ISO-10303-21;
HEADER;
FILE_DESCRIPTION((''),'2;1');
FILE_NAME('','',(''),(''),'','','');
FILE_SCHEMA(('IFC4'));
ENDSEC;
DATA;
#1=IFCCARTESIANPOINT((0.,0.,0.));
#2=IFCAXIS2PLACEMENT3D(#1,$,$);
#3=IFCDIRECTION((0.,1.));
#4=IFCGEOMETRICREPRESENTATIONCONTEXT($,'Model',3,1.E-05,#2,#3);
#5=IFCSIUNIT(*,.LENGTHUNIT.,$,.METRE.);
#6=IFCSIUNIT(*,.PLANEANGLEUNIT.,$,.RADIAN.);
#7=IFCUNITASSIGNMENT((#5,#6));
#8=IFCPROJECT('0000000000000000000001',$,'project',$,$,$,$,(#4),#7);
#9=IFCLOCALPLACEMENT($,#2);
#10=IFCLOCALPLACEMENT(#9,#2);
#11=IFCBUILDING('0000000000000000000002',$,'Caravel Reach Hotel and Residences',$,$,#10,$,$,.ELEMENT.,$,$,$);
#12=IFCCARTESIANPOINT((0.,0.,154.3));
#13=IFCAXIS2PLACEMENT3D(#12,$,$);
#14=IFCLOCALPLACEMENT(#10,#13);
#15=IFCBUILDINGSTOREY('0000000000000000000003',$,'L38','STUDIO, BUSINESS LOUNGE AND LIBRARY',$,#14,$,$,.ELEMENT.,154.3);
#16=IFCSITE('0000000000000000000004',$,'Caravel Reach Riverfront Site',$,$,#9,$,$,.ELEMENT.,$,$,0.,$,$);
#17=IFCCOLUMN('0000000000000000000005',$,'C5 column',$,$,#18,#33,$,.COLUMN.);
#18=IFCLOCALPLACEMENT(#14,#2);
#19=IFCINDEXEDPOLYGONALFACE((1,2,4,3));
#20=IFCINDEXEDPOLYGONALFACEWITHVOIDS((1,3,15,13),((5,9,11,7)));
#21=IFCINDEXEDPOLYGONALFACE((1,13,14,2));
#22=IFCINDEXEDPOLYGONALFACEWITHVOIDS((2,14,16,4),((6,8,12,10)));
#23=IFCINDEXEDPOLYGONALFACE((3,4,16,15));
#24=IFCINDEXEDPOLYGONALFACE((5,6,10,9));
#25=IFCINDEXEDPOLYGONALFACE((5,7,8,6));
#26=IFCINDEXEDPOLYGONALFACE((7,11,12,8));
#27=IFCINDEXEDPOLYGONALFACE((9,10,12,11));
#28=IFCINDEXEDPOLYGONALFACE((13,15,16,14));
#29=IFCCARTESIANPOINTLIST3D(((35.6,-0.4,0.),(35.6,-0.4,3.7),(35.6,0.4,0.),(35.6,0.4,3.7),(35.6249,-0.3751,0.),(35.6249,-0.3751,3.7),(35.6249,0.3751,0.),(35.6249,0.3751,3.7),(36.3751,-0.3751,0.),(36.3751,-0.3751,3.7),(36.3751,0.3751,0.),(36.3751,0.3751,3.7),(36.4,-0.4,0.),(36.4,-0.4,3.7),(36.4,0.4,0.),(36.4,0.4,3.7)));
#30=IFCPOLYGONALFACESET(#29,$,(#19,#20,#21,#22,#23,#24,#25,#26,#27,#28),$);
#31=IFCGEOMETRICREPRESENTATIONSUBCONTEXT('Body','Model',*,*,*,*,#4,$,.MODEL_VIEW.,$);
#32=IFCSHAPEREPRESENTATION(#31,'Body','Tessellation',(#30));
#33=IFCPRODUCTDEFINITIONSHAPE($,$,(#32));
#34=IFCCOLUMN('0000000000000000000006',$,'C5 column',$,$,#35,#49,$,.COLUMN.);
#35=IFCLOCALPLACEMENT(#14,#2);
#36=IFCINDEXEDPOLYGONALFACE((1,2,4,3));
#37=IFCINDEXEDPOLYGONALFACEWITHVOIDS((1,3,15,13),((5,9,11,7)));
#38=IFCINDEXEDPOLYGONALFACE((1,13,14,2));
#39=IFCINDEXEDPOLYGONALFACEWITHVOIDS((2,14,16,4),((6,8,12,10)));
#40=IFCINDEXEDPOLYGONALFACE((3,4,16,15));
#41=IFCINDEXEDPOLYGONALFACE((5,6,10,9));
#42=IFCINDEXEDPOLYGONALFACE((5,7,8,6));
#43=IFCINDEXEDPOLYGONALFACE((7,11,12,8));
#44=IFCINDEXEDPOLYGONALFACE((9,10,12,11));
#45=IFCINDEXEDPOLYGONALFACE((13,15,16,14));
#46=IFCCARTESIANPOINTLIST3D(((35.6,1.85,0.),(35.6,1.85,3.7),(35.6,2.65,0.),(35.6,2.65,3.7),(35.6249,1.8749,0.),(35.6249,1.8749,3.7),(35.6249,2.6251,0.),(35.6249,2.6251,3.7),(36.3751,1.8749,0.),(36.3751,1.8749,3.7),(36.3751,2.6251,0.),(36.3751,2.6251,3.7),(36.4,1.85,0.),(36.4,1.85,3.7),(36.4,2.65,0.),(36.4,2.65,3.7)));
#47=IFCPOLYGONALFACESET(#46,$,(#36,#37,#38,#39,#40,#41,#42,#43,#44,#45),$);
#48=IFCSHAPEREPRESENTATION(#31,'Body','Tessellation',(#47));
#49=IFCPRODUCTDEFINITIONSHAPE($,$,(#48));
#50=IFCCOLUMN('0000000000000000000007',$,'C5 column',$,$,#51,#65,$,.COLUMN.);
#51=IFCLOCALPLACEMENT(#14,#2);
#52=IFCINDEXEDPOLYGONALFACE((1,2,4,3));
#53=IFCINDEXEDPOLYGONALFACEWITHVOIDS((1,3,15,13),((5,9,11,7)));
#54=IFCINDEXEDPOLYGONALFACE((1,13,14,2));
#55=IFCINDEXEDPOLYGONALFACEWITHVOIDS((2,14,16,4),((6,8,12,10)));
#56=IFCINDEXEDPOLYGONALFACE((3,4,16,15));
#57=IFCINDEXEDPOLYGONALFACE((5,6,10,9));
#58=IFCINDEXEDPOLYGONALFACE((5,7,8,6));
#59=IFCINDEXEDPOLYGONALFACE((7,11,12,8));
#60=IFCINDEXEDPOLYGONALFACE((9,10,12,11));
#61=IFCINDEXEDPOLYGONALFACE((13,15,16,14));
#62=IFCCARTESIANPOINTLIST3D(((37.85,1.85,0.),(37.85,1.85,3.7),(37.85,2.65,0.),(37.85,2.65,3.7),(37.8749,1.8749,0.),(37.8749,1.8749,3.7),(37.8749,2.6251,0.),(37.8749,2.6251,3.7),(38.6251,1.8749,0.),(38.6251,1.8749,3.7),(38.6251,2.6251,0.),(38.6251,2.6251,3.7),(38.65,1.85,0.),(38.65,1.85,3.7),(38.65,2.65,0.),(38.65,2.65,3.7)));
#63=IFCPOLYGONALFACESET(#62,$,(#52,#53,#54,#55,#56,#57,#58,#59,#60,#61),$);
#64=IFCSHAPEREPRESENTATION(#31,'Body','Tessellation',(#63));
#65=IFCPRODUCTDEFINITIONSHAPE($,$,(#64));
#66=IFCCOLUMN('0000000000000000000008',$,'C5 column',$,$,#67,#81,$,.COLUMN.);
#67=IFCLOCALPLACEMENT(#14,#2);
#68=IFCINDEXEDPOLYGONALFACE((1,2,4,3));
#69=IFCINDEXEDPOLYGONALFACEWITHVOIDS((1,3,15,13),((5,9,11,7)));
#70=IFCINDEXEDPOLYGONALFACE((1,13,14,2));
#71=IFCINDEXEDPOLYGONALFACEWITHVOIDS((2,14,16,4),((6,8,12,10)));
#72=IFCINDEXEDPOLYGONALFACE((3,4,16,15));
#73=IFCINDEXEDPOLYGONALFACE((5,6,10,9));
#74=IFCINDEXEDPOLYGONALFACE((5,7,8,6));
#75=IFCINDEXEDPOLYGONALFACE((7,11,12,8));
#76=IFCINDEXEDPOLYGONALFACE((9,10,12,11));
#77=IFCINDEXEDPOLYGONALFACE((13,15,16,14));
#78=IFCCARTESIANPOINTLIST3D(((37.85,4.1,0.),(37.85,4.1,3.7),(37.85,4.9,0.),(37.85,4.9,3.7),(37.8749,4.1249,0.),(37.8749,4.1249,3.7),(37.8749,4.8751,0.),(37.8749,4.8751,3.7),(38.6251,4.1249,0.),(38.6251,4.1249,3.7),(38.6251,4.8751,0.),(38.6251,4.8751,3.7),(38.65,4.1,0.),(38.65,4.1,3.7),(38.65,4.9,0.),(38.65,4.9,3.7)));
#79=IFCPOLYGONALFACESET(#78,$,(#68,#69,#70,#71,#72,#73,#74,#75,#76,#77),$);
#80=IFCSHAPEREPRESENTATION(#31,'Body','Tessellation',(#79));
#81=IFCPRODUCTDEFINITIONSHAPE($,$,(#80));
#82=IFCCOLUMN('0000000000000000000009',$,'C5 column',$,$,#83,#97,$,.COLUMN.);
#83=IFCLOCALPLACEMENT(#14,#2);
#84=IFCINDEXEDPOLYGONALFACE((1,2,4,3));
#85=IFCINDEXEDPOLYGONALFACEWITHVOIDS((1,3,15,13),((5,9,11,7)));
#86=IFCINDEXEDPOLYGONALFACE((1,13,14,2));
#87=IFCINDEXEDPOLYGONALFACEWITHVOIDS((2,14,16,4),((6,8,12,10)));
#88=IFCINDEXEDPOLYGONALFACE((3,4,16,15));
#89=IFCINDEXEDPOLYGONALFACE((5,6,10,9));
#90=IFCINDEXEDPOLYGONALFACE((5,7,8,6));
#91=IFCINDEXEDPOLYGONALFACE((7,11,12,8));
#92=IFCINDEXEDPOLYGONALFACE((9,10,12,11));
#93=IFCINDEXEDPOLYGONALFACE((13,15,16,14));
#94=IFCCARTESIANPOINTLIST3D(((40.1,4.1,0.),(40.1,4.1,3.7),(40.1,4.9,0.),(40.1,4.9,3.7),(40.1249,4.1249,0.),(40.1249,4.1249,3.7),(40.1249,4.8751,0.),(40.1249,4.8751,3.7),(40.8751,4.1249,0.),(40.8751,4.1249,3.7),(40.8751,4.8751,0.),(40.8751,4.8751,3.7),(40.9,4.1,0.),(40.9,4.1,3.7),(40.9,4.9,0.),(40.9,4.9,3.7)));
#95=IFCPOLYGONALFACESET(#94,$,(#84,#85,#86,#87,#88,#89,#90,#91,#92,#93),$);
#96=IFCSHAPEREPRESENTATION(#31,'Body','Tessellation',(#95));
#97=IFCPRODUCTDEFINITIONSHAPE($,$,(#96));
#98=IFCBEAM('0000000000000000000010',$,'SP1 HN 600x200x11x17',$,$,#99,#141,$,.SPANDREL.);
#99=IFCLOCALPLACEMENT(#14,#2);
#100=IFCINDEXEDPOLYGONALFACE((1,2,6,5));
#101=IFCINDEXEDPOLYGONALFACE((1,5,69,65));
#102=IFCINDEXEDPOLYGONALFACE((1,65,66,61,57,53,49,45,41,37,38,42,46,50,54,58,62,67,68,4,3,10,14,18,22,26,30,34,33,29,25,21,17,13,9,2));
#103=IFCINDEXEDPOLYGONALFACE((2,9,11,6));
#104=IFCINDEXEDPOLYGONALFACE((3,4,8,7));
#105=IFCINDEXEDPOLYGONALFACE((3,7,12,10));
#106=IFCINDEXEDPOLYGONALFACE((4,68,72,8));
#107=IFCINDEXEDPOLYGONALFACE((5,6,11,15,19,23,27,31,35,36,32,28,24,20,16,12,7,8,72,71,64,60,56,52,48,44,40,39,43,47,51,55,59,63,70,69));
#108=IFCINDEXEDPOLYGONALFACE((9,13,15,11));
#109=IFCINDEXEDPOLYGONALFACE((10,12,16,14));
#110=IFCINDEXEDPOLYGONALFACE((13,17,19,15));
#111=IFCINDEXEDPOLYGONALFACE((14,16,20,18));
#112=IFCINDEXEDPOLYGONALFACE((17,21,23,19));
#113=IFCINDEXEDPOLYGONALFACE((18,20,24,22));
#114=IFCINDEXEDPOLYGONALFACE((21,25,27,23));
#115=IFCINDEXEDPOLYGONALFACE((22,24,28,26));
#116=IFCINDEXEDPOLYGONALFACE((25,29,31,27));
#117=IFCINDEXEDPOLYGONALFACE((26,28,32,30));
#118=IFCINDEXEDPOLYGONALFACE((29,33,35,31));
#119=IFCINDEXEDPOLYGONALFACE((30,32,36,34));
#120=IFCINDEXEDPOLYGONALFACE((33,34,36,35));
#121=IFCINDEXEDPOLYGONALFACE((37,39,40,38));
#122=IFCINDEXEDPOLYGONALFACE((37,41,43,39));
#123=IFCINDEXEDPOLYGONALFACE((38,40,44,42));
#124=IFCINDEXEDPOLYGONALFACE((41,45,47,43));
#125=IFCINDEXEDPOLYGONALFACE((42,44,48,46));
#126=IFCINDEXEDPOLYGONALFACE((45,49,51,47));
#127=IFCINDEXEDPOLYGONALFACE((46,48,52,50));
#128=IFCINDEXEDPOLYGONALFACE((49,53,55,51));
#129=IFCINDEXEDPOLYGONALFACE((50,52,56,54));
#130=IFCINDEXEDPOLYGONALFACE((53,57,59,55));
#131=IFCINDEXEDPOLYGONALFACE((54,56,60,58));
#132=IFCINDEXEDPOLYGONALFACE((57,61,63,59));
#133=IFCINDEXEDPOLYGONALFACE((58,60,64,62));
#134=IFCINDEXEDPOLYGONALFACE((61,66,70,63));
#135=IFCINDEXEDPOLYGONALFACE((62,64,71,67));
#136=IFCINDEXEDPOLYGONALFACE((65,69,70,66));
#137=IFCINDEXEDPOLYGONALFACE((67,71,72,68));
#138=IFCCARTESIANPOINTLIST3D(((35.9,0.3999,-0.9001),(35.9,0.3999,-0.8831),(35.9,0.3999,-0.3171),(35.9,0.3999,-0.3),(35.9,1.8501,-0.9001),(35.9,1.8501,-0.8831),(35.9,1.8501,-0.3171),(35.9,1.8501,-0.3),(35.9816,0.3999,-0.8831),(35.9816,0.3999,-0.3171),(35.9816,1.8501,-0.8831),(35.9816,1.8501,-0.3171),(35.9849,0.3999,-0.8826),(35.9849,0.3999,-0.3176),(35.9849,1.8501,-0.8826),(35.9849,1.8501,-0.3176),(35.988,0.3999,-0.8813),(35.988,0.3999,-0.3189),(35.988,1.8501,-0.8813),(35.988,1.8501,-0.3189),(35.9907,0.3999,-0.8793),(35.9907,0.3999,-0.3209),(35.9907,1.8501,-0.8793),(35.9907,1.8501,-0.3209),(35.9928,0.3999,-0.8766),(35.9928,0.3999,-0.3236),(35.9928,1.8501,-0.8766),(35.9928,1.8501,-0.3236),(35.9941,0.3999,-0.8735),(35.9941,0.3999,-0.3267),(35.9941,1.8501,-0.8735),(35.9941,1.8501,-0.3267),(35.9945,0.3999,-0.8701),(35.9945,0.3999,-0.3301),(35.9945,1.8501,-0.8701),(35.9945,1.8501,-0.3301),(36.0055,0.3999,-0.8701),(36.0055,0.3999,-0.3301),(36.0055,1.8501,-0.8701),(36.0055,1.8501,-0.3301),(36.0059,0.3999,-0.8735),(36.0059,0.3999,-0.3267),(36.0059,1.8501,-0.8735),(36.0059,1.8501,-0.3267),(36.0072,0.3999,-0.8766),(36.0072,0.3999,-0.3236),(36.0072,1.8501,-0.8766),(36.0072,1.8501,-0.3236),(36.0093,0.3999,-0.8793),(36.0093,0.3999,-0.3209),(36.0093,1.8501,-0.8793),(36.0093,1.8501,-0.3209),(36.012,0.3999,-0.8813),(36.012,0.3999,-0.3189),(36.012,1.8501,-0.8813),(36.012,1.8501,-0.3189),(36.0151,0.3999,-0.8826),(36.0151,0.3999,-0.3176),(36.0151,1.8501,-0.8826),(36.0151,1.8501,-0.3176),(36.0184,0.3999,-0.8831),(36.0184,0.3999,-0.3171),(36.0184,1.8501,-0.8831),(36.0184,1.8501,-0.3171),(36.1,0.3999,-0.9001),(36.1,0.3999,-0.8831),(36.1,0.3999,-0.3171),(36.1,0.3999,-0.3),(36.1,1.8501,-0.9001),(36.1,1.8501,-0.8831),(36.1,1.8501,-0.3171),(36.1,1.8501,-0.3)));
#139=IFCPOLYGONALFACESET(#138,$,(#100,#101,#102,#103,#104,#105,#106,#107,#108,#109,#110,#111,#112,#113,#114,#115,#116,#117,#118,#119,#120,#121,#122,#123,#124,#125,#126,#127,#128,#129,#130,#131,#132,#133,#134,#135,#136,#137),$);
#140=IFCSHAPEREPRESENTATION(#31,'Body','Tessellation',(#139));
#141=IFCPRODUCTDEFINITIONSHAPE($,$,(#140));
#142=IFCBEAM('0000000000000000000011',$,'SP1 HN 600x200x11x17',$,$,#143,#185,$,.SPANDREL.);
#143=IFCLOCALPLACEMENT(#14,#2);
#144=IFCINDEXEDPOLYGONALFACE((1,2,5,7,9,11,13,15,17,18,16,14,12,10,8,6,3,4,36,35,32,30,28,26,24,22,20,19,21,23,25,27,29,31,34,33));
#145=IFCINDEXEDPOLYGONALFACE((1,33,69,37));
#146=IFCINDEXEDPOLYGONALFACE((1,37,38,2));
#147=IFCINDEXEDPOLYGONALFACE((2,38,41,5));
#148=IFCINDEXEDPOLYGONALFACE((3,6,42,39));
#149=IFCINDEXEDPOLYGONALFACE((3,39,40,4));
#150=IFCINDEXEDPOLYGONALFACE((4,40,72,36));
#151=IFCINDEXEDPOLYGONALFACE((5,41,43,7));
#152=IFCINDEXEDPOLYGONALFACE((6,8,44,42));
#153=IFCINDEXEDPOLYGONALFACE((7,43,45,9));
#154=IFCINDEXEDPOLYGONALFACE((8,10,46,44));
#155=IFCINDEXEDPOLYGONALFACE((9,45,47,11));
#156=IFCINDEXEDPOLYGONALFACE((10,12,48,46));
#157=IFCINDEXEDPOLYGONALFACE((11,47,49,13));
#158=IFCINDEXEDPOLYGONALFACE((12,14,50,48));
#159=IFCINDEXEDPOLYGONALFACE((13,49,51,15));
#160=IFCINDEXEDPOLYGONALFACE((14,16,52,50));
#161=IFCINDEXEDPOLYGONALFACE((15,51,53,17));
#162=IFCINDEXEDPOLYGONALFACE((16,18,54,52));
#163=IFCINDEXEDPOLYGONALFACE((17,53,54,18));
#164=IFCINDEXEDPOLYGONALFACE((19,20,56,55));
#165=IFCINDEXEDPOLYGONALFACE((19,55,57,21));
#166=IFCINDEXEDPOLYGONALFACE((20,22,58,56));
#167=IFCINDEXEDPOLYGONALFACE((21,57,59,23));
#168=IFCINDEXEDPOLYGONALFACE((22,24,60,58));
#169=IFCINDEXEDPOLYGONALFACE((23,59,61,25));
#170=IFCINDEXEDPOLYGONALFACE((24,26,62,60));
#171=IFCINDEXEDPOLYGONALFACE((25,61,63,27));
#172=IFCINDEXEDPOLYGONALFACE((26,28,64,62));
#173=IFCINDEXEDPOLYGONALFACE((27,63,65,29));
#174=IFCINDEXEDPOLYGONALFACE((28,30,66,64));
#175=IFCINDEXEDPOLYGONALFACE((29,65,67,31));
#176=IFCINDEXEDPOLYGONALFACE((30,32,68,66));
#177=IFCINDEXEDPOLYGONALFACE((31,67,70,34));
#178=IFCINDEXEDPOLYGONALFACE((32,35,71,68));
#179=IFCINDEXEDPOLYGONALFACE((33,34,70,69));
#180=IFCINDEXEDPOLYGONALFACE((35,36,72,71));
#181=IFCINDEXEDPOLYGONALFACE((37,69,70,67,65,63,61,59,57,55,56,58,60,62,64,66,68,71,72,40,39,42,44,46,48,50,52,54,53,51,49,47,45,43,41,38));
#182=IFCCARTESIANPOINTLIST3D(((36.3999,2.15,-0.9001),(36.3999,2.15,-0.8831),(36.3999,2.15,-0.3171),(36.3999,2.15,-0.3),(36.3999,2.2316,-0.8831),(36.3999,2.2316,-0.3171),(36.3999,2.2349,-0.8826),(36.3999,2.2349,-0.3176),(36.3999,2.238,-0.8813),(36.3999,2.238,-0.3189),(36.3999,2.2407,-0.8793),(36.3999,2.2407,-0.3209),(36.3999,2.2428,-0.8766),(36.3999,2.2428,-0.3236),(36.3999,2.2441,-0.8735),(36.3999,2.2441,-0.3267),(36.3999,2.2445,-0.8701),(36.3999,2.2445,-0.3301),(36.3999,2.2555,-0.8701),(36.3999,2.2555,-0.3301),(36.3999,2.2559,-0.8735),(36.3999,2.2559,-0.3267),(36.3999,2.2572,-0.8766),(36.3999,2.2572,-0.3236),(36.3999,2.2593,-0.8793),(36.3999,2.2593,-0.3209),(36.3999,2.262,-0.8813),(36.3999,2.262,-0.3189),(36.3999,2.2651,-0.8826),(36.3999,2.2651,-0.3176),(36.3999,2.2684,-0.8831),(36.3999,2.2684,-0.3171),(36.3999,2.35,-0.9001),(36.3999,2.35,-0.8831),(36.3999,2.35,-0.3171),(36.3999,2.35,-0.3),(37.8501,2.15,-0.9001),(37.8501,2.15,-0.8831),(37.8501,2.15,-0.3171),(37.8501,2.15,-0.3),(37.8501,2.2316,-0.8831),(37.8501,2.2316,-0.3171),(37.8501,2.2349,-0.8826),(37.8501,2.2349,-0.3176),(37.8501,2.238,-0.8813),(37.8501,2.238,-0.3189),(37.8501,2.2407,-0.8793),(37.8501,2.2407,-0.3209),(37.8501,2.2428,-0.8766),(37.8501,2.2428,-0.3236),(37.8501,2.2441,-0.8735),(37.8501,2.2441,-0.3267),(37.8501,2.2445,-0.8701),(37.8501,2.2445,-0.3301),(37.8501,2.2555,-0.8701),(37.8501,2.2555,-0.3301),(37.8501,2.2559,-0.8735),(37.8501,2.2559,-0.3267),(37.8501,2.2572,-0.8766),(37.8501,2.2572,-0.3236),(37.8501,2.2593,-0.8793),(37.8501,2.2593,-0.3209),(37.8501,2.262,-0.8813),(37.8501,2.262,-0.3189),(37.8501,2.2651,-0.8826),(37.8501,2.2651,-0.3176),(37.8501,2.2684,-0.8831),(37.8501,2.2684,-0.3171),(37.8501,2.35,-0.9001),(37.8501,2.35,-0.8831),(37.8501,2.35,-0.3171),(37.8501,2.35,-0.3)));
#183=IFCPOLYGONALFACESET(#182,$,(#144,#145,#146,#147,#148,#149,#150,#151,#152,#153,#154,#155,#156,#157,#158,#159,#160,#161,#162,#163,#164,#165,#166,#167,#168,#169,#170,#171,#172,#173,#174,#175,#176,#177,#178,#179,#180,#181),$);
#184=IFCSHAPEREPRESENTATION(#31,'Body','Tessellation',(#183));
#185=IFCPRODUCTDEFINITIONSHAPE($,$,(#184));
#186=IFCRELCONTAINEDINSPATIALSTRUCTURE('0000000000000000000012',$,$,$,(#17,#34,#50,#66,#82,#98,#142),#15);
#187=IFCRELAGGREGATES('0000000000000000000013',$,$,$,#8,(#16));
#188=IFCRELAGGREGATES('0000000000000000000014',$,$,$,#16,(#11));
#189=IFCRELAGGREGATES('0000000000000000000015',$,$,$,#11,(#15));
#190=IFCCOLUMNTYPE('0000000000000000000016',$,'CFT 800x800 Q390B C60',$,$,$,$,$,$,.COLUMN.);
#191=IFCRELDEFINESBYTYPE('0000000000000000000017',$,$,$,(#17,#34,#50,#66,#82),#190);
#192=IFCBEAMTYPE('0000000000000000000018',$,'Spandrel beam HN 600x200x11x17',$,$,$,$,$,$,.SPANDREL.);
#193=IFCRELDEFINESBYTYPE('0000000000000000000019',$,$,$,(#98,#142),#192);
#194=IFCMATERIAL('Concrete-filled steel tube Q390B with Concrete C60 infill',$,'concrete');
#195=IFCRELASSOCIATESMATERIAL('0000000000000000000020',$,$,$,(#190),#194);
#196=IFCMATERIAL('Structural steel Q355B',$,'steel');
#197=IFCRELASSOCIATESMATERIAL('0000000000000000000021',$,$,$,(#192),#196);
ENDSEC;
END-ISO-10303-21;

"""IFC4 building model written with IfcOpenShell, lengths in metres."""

from ifc_helpers import new_model, si_unit, direction, frame, origin, origin_2d, place, context, subcontext, project, spatial, hollow_rectangle, i_section, extrude, material, material_profile, profile_set, type_object, element, save


model = new_model("IFC4")

# Units and contexts
model_context = context("Model", 3, precision=1e-05, world=origin(), true_north=direction((0.0, 1.0)))
body_context = subcontext(model_context, "Body", "Model", "MODEL_VIEW")
ifc_project = project(units=[si_unit("LENGTHUNIT", "METRE"), si_unit("PLANEANGLEUNIT", "RADIAN")], contexts=[model_context])

# Site, building, storey
site_placement = place(None, origin())
site = spatial("IfcSite", under=ifc_project, at=site_placement, Name="Caravel Reach Riverfront Site", CompositionType="ELEMENT", RefElevation=0.0)
building_placement = place(site_placement, origin())
building = spatial("IfcBuilding", under=site, at=building_placement, Name="Caravel Reach Hotel and Residences", CompositionType="ELEMENT")
storey_placement = place(building_placement, frame((0.0, 0.0, 154.3)))
storey = spatial("IfcBuildingStorey", under=building, at=storey_placement, Name="L38", Description="STUDIO, BUSINESS LOUNGE AND LIBRARY", CompositionType="ELEMENT", Elevation=154.3)

# Columns
ifc_material_1 = material(Name="Concrete-filled steel tube Q390B with Concrete C60 infill", Category="concrete")
ifc_material_profile_1 = material_profile(ifc_material_1, hollow_rectangle(XDim=0.8, YDim=0.8, WallThickness=0.0249, at=origin_2d()), Name="RHS 800x800x25")
ifc_profile_set_1 = profile_set([ifc_material_profile_1], Name="Concrete-filled steel tube Q390B with Concrete C60 infill")
column_type = type_object("IfcColumnType", Name="CFT 800x800 Q390B C60", PredefinedType="COLUMN", material=ifc_profile_set_1)
for number, where, z_axis, x_axis, name in (
    (1, (36.0, 0.0, 0.0), (0.0, 0.0, 1.0), (1.0, 0.0, 0.0), "C5 column"),
    (2, (36.0, 2.25, 0.0), (0.0, 0.0, 1.0), (1.0, 0.0, 0.0), "C5 column"),
    (3, (38.25, 2.25, 0.0), (0.0, 0.0, 1.0), (1.0, 0.0, 0.0), "C5 column"),
    (4, (38.25, 4.5, 0.0), (0.0, 0.0, 1.0), (1.0, 0.0, 0.0), "C5 column"),
    (5, (40.5, 4.5, 0.0), (0.0, 0.0, 1.0), (1.0, 0.0, 0.0), "C5 column"),
):
    element("IfcColumn", number, at=place(storey_placement, frame(where, z_axis=z_axis, x_axis=x_axis)), inside=storey, type_object=column_type, Name=name, PredefinedType="COLUMN", context=body_context, shape_type="SweptSolid", body=[
        extrude(hollow_rectangle(XDim=0.8, YDim=0.8, WallThickness=0.0249, at=origin_2d()), origin(), (0.0, 0.0, 1.0), 3.7),
    ])

# Beams
ifc_material_2 = material(Name="Structural steel Q355B", Category="steel")
ifc_material_profile_2 = material_profile(ifc_material_2, i_section(OverallWidth=0.2, OverallDepth=0.6001, WebThickness=0.011, FlangeThickness=0.0171, FilletRadius=0.0129, at=origin_2d()), Name="HN 600x200x11x17")
ifc_profile_set_2 = profile_set([ifc_material_profile_2], Name="Structural steel Q355B")
beam_type = type_object("IfcBeamType", Name="Spandrel beam HN 600x200x11x17", PredefinedType="SPANDREL", material=ifc_profile_set_2)
for number, where, z_axis, x_axis, name in (
    (6, (36.0, 0.3999, -0.6001), (0.0, 1.0, 0.0), (-1.0, 0.0, 0.0), "SP1 HN 600x200x11x17"),
    (7, (36.3999, 2.25, -0.6001), (1.0, 0.0, 0.0), (0.0, 1.0, 0.0), "SP1 HN 600x200x11x17"),
):
    element("IfcBeam", number, at=place(storey_placement, frame(where, z_axis=z_axis, x_axis=x_axis)), inside=storey, type_object=beam_type, Name=name, PredefinedType="SPANDREL", context=body_context, shape_type="SweptSolid", body=[
        extrude(i_section(OverallWidth=0.2, OverallDepth=0.6001, WebThickness=0.011, FlangeThickness=0.0171, FilletRadius=0.0129, at=origin_2d()), origin(), (0.0, 0.0, 1.0), 1.4502),
    ])

save(model, "model.ifc")
